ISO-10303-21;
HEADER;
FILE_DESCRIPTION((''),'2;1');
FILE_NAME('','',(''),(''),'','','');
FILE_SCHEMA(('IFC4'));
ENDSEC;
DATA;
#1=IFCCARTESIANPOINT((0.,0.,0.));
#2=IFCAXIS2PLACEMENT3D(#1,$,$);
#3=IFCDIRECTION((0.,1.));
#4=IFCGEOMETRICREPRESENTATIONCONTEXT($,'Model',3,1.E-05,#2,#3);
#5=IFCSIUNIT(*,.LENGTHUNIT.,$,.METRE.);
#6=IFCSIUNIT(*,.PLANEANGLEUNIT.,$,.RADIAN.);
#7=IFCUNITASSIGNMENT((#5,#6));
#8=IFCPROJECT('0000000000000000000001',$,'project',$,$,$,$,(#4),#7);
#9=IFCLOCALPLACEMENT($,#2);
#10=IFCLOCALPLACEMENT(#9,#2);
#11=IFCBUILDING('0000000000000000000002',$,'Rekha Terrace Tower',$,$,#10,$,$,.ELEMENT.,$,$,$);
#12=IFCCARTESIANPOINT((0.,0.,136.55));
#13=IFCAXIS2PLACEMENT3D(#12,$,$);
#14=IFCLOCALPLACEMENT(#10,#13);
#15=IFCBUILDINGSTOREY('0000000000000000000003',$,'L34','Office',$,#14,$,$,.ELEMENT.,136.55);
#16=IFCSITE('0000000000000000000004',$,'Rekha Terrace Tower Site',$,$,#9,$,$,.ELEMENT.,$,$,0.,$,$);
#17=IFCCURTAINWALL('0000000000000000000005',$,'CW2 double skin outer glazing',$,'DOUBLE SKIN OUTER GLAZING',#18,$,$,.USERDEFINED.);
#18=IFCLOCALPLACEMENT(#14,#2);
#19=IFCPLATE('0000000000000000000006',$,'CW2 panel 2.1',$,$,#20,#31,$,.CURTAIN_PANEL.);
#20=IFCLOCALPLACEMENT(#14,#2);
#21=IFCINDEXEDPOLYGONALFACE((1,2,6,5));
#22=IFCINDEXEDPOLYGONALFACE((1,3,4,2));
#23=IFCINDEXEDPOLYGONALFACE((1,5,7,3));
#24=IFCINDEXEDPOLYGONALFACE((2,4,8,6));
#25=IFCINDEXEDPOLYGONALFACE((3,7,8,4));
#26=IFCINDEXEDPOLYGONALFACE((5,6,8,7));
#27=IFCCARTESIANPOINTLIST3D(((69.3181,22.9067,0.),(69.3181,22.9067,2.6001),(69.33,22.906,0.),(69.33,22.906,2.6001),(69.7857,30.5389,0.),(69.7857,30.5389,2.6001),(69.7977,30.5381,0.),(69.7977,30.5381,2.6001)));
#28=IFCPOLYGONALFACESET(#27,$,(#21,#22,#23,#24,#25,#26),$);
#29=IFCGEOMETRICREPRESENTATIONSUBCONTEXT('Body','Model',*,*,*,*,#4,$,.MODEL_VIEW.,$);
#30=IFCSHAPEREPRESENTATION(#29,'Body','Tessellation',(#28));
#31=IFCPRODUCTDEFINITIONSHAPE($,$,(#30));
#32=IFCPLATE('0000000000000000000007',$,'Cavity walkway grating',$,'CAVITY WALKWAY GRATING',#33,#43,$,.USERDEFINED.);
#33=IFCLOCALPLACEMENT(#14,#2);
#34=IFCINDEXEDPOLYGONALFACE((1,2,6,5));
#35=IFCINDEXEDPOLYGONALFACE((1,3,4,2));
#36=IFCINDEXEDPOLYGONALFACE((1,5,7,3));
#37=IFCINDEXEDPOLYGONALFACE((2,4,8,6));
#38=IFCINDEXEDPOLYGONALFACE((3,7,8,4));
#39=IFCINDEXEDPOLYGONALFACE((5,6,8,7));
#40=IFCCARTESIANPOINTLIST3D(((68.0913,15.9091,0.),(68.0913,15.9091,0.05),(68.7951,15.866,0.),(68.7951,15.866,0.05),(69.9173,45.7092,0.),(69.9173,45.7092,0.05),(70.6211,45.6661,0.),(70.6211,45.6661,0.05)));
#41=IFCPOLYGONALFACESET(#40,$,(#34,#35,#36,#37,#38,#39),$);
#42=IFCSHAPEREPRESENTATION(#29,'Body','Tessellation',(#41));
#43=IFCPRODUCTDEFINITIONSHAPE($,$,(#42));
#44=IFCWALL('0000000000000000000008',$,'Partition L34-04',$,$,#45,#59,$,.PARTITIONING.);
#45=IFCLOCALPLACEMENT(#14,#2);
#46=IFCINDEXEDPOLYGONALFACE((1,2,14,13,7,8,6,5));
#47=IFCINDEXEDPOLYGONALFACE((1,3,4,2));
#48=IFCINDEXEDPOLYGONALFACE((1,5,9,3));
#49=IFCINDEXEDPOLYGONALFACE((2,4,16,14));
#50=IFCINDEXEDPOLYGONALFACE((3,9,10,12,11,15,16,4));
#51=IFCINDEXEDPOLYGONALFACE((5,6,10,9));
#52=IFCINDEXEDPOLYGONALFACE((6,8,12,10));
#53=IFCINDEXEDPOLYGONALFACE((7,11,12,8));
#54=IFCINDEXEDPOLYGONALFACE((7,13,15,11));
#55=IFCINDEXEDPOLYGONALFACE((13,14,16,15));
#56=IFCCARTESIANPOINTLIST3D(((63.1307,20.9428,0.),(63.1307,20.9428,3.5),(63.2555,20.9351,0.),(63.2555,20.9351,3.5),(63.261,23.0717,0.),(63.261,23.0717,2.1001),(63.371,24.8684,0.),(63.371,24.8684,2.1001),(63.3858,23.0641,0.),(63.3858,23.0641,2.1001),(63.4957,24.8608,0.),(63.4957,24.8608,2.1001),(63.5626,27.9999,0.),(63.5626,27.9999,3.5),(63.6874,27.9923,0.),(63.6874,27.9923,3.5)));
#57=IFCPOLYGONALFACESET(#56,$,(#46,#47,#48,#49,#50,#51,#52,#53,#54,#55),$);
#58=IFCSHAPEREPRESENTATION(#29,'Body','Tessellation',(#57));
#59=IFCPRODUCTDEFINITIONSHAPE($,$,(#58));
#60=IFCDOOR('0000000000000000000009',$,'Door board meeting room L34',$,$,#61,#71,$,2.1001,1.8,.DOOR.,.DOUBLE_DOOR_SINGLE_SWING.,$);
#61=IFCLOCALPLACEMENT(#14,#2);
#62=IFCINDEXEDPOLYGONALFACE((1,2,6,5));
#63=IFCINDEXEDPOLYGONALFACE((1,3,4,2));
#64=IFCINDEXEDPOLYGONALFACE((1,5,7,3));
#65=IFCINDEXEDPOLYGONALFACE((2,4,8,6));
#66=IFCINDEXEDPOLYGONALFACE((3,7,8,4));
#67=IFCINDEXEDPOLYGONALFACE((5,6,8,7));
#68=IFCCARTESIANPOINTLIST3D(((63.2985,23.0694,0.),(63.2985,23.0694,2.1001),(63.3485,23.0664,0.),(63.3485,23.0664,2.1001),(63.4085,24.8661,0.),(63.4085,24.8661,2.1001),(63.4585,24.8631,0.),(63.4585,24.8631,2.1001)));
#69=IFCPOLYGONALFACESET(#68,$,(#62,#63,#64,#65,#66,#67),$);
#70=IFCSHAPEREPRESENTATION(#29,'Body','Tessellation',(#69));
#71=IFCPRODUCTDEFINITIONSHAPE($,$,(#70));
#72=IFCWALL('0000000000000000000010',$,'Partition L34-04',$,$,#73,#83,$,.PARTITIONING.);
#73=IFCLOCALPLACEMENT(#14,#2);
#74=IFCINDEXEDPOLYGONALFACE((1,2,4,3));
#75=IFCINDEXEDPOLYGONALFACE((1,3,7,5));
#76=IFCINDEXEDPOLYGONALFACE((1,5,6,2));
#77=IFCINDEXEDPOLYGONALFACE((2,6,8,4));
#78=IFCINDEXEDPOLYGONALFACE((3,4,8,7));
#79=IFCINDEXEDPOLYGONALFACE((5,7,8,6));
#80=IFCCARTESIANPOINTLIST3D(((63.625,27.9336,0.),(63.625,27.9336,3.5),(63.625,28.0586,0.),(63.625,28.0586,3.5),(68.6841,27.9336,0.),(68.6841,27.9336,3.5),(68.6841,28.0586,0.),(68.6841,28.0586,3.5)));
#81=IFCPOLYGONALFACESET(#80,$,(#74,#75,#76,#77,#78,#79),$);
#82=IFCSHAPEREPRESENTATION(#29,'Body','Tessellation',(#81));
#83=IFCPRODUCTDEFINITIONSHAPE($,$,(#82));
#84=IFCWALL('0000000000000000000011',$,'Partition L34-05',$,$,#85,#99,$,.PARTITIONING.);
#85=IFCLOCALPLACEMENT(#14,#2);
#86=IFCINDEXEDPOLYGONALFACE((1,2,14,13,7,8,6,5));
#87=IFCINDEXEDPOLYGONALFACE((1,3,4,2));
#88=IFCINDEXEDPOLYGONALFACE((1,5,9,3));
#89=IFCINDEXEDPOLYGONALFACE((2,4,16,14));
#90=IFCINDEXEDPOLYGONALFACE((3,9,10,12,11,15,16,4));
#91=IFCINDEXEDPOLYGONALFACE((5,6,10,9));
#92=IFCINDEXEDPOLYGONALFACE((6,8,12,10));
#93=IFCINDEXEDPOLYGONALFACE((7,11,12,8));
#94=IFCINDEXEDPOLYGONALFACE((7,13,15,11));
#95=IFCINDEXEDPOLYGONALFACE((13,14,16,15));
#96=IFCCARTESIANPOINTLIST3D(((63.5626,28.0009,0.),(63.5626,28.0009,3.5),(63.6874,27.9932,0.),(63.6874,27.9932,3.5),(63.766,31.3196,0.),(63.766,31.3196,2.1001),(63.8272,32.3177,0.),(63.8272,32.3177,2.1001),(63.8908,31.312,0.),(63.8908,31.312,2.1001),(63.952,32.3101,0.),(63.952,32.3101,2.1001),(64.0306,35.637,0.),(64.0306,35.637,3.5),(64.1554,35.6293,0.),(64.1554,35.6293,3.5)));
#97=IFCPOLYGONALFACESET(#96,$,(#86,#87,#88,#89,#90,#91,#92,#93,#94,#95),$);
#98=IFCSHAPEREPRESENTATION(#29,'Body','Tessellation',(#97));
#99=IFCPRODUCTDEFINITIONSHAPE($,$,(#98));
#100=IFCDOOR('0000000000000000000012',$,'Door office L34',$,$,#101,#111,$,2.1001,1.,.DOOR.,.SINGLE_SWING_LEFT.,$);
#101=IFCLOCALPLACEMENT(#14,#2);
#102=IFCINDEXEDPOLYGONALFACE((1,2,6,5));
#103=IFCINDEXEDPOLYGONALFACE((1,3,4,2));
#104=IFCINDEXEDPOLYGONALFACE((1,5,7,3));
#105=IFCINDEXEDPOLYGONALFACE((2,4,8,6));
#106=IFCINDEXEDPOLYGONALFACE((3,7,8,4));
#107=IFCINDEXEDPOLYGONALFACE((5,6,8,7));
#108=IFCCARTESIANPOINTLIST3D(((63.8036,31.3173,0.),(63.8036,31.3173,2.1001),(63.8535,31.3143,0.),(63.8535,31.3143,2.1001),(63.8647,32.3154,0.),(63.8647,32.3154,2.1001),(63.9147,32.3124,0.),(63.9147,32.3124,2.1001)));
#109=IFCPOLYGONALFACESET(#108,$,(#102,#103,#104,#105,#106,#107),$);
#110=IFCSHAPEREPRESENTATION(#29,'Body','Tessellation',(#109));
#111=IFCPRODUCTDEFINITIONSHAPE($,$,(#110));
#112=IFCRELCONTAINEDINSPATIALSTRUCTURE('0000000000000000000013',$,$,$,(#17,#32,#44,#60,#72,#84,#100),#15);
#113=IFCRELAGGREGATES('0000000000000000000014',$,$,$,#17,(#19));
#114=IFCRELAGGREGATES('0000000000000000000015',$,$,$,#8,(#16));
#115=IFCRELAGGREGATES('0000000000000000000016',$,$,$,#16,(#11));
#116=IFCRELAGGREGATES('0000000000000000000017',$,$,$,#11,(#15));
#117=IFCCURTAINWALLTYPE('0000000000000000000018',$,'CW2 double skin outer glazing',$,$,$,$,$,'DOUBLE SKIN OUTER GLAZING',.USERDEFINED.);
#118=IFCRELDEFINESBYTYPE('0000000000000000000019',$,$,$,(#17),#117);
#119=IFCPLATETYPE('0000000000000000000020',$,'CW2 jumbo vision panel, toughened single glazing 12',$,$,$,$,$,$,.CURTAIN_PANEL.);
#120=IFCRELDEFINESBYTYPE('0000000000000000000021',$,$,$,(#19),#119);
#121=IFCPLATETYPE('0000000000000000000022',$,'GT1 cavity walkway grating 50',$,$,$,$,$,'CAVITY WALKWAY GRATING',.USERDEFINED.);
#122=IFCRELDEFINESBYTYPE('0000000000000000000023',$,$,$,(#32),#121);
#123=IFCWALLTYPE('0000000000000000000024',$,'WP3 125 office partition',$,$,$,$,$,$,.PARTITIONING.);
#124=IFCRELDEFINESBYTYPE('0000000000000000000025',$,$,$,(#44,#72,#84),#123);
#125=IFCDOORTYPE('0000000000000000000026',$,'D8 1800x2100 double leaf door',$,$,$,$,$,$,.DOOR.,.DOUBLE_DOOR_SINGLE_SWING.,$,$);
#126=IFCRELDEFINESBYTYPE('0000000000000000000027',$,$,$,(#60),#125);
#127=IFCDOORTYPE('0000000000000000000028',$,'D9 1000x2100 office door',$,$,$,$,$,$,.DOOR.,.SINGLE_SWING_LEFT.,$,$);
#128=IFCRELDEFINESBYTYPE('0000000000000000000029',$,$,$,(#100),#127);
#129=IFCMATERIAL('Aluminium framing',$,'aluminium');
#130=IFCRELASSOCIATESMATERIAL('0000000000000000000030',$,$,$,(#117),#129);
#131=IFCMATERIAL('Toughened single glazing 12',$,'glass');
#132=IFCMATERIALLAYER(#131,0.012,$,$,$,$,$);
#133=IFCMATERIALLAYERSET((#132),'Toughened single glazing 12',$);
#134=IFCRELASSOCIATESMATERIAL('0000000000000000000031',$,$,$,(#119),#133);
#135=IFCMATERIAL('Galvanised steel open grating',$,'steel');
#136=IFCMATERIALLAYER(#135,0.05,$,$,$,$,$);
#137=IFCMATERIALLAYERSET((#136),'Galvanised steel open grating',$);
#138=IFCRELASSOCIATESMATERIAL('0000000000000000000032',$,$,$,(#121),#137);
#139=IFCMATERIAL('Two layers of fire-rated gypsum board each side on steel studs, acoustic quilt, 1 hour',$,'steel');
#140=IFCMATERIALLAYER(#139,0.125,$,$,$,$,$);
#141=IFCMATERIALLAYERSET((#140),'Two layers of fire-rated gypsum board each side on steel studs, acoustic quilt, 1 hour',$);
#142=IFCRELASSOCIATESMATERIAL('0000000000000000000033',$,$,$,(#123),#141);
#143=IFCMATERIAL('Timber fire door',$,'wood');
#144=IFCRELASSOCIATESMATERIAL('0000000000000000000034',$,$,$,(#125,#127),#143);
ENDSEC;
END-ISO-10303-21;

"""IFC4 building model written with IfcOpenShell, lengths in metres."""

from ifc_helpers import new_model, si_unit, direction, frame, frame_2d, origin, origin_2d, place, context, subcontext, project, spatial, rectangle, extrude, material, layer, layer_set, type_object, element, fill, aggregate, save


model = new_model("IFC4")

# Units and contexts
model_context = context("Model", 3, precision=1e-05, world=origin(), true_north=direction((0.0, 1.0)))
body_context = subcontext(model_context, "Body", "Model", "MODEL_VIEW")
ifc_project = project(units=[si_unit("LENGTHUNIT", "METRE"), si_unit("PLANEANGLEUNIT", "RADIAN")], contexts=[model_context])

# Site, building, storey
site_placement = place(None, origin())
site = spatial("IfcSite", under=ifc_project, at=site_placement, Name="Rekha Terrace Tower Site", CompositionType="ELEMENT", RefElevation=0.0)
building_placement = place(site_placement, origin())
building = spatial("IfcBuilding", under=site, at=building_placement, Name="Rekha Terrace Tower", CompositionType="ELEMENT")
storey_placement = place(building_placement, frame((0.0, 0.0, 136.55)))
storey = spatial("IfcBuildingStorey", under=building, at=storey_placement, Name="L34", Description="Office", CompositionType="ELEMENT", Elevation=136.55)

# Shared definitions
ifc_material_1 = material(Name="Aluminium framing", Category="aluminium")
curtain_wall_type_1 = type_object("IfcCurtainWallType", Name="CW2 double skin outer glazing", ElementType="DOUBLE SKIN OUTER GLAZING", PredefinedType="USERDEFINED", material=ifc_material_1)

# Curtain wall
curtain_wall_1_placement = place(storey_placement, origin())
curtain_wall_1 = element("IfcCurtainWall", 1, at=curtain_wall_1_placement, inside=storey, type_object=curtain_wall_type_1, Name="CW2 double skin outer glazing", ObjectType="DOUBLE SKIN OUTER GLAZING", PredefinedType="USERDEFINED")

# Plates
ifc_material_2 = material(Name="Toughened single glazing 12", Category="glass")
ifc_layer_1 = layer(ifc_material_2, 0.012)
ifc_layer_set_1 = layer_set([ifc_layer_1], Name="Toughened single glazing 12")
plate_type_1 = type_object("IfcPlateType", Name="CW2 jumbo vision panel, toughened single glazing 12", PredefinedType="CURTAIN_PANEL", material=ifc_layer_set_1)
plate_1_placement = place(storey_placement, frame((69.5579, 26.7224, 0.0), z_axis=(0.0, 0.0, 1.0), x_axis=(0.06116, 0.998128, 0.0)))
plate_1 = element("IfcPlate", 2, at=plate_1_placement, type_object=plate_type_1, Name="CW2 panel 2.1", PredefinedType="CURTAIN_PANEL", context=body_context, shape_type="SweptSolid", body=[
    extrude(rectangle(XDim=7.6465, YDim=0.012, at=origin_2d()), origin(), (0.0, 0.0, 1.0), 2.6001),
])
aggregate(curtain_wall_1, [plate_1])
ifc_material_3 = material(Name="Galvanised steel open grating", Category="steel")
ifc_layer_2 = layer(ifc_material_3, 0.05)
ifc_layer_set_2 = layer_set([ifc_layer_2], Name="Galvanised steel open grating")
plate_type_2 = type_object("IfcPlateType", Name="GT1 cavity walkway grating 50", ElementType="CAVITY WALKWAY GRATING", PredefinedType="USERDEFINED", material=ifc_layer_set_2)
plate_2_placement = place(storey_placement, frame((69.3562, 30.7876, 0.0), z_axis=(0.0, 0.0, 1.0), x_axis=(0.06116, 0.998128, 0.0)))
element("IfcPlate", 3, at=plate_2_placement, inside=storey, type_object=plate_type_2, Name="Cavity walkway grating", ObjectType="CAVITY WALKWAY GRATING", PredefinedType="USERDEFINED", context=body_context, shape_type="SweptSolid", body=[
    extrude(rectangle(XDim=29.856, YDim=0.7051, at=origin_2d()), origin(), (0.0, 0.0, 1.0), 0.05),
])

# Wall, opening, door
ifc_material_4 = material(Name="Two layers of fire-rated gypsum board each side on steel studs, acoustic quilt, 1 hour", Category="steel")
ifc_layer_3 = layer(ifc_material_4, 0.125)
ifc_layer_set_3 = layer_set([ifc_layer_3], Name="Two layers of fire-rated gypsum board each side on steel studs, acoustic quilt, 1 hour")
wall_type = type_object("IfcWallType", Name="WP3 125 office partition", PredefinedType="PARTITIONING", material=ifc_layer_set_3)
wall_1_placement = place(storey_placement, frame((63.1931, 20.939, 0.0), z_axis=(0.0, 0.0, 1.0), x_axis=(0.061084, 0.998133, 0.0)))
wall_1 = element("IfcWall", 4, at=wall_1_placement, inside=storey, type_object=wall_type, Name="Partition L34-04", PredefinedType="PARTITIONING", context=body_context, shape_type="SweptSolid", body=[
    extrude(rectangle(XDim=7.0703, YDim=0.125, at=frame_2d((3.5352, 0.0))), origin(), (0.0, 0.0, 1.0), 3.5),
])
opening_1_placement = place(wall_1_placement, frame((2.1331, 0.0, 0.0)))
opening_1 = element("IfcOpeningElement", 5, at=opening_1_placement, cuts=wall_1, PredefinedType="OPENING", context=body_context, shape_type="SweptSolid", body=[
    extrude(rectangle(XDim=1.8, YDim=2.1001, at=frame_2d((0.8999, 1.05))), frame((0.0, 0.0725, 0.0), z_axis=(0.0, -1.0, 0.0), x_axis=(1.0, 0.0, 0.0)), (0.0, 0.0, 1.0), 0.145),
])
ifc_material_5 = material(Name="Timber fire door", Category="wood")
door_type_1 = type_object("IfcDoorType", Name="D8 1800x2100 double leaf door", OperationType="DOUBLE_DOOR_SINGLE_SWING", PredefinedType="DOOR", material=ifc_material_5)
door_1_placement = place(opening_1_placement, origin())
door_1 = element("IfcDoor", 6, at=door_1_placement, inside=storey, type_object=door_type_1, Name="Door board meeting room L34", OperationType="DOUBLE_DOOR_SINGLE_SWING", OverallHeight=2.1001, OverallWidth=1.8, PredefinedType="DOOR", context=body_context, shape_type="SweptSolid", body=[
    extrude(rectangle(XDim=1.8, YDim=2.1001, at=frame_2d((0.8999, 1.05))), frame((0.0, 0.0249, 0.0), z_axis=(0.0, -1.0, 0.0), x_axis=(1.0, 0.0, 0.0)), (0.0, 0.0, 1.0), 0.05),
])
fill(opening_1, door_1)

# Wall
wall_2_placement = place(storey_placement, frame((63.625, 27.9961, 0.0), z_axis=(0.0, 0.0, 1.0), x_axis=(1.0, 0.0, 0.0)))
element("IfcWall", 7, at=wall_2_placement, inside=storey, type_object=wall_type, Name="Partition L34-04", PredefinedType="PARTITIONING", context=body_context, shape_type="SweptSolid", body=[
    extrude(rectangle(XDim=5.0591, YDim=0.125, at=frame_2d((2.5295, 0.0))), origin(), (0.0, 0.0, 1.0), 3.5),
])

# Wall, opening, door
wall_3_placement = place(storey_placement, frame((63.625, 27.9971, 0.0), z_axis=(0.0, 0.0, 1.0), x_axis=(0.061176, 0.998127, 0.0)))
wall_3 = element("IfcWall", 8, at=wall_3_placement, inside=storey, type_object=wall_type, Name="Partition L34-05", PredefinedType="PARTITIONING", context=body_context, shape_type="SweptSolid", body=[
    extrude(rectangle(XDim=7.6504, YDim=0.125, at=frame_2d((3.8252, 0.0))), origin(), (0.0, 0.0, 1.0), 3.5),
])
opening_2_placement = place(wall_3_placement, frame((3.325, 0.0, 0.0)))
opening_2 = element("IfcOpeningElement", 9, at=opening_2_placement, cuts=wall_3, PredefinedType="OPENING", context=body_context, shape_type="SweptSolid", body=[
    extrude(rectangle(XDim=1.0, YDim=2.1001, at=frame_2d((0.5, 1.05))), frame((0.0, 0.0725, 0.0), z_axis=(0.0, -1.0, 0.0), x_axis=(1.0, 0.0, 0.0)), (0.0, 0.0, 1.0), 0.145),
])
door_type_2 = type_object("IfcDoorType", Name="D9 1000x2100 office door", OperationType="SINGLE_SWING_LEFT", PredefinedType="DOOR", material=ifc_material_5)
door_2_placement = place(opening_2_placement, origin())
door_2 = element("IfcDoor", 10, at=door_2_placement, inside=storey, type_object=door_type_2, Name="Door office L34", OperationType="SINGLE_SWING_LEFT", OverallHeight=2.1001, OverallWidth=1.0, PredefinedType="DOOR", context=body_context, shape_type="SweptSolid", body=[
    extrude(rectangle(XDim=1.0, YDim=2.1001, at=frame_2d((0.5, 1.05))), frame((0.0, 0.0249, 0.0), z_axis=(0.0, -1.0, 0.0), x_axis=(1.0, 0.0, 0.0)), (0.0, 0.0, 1.0), 0.05),
])
fill(opening_2, door_2)

save(model, "model.ifc")
